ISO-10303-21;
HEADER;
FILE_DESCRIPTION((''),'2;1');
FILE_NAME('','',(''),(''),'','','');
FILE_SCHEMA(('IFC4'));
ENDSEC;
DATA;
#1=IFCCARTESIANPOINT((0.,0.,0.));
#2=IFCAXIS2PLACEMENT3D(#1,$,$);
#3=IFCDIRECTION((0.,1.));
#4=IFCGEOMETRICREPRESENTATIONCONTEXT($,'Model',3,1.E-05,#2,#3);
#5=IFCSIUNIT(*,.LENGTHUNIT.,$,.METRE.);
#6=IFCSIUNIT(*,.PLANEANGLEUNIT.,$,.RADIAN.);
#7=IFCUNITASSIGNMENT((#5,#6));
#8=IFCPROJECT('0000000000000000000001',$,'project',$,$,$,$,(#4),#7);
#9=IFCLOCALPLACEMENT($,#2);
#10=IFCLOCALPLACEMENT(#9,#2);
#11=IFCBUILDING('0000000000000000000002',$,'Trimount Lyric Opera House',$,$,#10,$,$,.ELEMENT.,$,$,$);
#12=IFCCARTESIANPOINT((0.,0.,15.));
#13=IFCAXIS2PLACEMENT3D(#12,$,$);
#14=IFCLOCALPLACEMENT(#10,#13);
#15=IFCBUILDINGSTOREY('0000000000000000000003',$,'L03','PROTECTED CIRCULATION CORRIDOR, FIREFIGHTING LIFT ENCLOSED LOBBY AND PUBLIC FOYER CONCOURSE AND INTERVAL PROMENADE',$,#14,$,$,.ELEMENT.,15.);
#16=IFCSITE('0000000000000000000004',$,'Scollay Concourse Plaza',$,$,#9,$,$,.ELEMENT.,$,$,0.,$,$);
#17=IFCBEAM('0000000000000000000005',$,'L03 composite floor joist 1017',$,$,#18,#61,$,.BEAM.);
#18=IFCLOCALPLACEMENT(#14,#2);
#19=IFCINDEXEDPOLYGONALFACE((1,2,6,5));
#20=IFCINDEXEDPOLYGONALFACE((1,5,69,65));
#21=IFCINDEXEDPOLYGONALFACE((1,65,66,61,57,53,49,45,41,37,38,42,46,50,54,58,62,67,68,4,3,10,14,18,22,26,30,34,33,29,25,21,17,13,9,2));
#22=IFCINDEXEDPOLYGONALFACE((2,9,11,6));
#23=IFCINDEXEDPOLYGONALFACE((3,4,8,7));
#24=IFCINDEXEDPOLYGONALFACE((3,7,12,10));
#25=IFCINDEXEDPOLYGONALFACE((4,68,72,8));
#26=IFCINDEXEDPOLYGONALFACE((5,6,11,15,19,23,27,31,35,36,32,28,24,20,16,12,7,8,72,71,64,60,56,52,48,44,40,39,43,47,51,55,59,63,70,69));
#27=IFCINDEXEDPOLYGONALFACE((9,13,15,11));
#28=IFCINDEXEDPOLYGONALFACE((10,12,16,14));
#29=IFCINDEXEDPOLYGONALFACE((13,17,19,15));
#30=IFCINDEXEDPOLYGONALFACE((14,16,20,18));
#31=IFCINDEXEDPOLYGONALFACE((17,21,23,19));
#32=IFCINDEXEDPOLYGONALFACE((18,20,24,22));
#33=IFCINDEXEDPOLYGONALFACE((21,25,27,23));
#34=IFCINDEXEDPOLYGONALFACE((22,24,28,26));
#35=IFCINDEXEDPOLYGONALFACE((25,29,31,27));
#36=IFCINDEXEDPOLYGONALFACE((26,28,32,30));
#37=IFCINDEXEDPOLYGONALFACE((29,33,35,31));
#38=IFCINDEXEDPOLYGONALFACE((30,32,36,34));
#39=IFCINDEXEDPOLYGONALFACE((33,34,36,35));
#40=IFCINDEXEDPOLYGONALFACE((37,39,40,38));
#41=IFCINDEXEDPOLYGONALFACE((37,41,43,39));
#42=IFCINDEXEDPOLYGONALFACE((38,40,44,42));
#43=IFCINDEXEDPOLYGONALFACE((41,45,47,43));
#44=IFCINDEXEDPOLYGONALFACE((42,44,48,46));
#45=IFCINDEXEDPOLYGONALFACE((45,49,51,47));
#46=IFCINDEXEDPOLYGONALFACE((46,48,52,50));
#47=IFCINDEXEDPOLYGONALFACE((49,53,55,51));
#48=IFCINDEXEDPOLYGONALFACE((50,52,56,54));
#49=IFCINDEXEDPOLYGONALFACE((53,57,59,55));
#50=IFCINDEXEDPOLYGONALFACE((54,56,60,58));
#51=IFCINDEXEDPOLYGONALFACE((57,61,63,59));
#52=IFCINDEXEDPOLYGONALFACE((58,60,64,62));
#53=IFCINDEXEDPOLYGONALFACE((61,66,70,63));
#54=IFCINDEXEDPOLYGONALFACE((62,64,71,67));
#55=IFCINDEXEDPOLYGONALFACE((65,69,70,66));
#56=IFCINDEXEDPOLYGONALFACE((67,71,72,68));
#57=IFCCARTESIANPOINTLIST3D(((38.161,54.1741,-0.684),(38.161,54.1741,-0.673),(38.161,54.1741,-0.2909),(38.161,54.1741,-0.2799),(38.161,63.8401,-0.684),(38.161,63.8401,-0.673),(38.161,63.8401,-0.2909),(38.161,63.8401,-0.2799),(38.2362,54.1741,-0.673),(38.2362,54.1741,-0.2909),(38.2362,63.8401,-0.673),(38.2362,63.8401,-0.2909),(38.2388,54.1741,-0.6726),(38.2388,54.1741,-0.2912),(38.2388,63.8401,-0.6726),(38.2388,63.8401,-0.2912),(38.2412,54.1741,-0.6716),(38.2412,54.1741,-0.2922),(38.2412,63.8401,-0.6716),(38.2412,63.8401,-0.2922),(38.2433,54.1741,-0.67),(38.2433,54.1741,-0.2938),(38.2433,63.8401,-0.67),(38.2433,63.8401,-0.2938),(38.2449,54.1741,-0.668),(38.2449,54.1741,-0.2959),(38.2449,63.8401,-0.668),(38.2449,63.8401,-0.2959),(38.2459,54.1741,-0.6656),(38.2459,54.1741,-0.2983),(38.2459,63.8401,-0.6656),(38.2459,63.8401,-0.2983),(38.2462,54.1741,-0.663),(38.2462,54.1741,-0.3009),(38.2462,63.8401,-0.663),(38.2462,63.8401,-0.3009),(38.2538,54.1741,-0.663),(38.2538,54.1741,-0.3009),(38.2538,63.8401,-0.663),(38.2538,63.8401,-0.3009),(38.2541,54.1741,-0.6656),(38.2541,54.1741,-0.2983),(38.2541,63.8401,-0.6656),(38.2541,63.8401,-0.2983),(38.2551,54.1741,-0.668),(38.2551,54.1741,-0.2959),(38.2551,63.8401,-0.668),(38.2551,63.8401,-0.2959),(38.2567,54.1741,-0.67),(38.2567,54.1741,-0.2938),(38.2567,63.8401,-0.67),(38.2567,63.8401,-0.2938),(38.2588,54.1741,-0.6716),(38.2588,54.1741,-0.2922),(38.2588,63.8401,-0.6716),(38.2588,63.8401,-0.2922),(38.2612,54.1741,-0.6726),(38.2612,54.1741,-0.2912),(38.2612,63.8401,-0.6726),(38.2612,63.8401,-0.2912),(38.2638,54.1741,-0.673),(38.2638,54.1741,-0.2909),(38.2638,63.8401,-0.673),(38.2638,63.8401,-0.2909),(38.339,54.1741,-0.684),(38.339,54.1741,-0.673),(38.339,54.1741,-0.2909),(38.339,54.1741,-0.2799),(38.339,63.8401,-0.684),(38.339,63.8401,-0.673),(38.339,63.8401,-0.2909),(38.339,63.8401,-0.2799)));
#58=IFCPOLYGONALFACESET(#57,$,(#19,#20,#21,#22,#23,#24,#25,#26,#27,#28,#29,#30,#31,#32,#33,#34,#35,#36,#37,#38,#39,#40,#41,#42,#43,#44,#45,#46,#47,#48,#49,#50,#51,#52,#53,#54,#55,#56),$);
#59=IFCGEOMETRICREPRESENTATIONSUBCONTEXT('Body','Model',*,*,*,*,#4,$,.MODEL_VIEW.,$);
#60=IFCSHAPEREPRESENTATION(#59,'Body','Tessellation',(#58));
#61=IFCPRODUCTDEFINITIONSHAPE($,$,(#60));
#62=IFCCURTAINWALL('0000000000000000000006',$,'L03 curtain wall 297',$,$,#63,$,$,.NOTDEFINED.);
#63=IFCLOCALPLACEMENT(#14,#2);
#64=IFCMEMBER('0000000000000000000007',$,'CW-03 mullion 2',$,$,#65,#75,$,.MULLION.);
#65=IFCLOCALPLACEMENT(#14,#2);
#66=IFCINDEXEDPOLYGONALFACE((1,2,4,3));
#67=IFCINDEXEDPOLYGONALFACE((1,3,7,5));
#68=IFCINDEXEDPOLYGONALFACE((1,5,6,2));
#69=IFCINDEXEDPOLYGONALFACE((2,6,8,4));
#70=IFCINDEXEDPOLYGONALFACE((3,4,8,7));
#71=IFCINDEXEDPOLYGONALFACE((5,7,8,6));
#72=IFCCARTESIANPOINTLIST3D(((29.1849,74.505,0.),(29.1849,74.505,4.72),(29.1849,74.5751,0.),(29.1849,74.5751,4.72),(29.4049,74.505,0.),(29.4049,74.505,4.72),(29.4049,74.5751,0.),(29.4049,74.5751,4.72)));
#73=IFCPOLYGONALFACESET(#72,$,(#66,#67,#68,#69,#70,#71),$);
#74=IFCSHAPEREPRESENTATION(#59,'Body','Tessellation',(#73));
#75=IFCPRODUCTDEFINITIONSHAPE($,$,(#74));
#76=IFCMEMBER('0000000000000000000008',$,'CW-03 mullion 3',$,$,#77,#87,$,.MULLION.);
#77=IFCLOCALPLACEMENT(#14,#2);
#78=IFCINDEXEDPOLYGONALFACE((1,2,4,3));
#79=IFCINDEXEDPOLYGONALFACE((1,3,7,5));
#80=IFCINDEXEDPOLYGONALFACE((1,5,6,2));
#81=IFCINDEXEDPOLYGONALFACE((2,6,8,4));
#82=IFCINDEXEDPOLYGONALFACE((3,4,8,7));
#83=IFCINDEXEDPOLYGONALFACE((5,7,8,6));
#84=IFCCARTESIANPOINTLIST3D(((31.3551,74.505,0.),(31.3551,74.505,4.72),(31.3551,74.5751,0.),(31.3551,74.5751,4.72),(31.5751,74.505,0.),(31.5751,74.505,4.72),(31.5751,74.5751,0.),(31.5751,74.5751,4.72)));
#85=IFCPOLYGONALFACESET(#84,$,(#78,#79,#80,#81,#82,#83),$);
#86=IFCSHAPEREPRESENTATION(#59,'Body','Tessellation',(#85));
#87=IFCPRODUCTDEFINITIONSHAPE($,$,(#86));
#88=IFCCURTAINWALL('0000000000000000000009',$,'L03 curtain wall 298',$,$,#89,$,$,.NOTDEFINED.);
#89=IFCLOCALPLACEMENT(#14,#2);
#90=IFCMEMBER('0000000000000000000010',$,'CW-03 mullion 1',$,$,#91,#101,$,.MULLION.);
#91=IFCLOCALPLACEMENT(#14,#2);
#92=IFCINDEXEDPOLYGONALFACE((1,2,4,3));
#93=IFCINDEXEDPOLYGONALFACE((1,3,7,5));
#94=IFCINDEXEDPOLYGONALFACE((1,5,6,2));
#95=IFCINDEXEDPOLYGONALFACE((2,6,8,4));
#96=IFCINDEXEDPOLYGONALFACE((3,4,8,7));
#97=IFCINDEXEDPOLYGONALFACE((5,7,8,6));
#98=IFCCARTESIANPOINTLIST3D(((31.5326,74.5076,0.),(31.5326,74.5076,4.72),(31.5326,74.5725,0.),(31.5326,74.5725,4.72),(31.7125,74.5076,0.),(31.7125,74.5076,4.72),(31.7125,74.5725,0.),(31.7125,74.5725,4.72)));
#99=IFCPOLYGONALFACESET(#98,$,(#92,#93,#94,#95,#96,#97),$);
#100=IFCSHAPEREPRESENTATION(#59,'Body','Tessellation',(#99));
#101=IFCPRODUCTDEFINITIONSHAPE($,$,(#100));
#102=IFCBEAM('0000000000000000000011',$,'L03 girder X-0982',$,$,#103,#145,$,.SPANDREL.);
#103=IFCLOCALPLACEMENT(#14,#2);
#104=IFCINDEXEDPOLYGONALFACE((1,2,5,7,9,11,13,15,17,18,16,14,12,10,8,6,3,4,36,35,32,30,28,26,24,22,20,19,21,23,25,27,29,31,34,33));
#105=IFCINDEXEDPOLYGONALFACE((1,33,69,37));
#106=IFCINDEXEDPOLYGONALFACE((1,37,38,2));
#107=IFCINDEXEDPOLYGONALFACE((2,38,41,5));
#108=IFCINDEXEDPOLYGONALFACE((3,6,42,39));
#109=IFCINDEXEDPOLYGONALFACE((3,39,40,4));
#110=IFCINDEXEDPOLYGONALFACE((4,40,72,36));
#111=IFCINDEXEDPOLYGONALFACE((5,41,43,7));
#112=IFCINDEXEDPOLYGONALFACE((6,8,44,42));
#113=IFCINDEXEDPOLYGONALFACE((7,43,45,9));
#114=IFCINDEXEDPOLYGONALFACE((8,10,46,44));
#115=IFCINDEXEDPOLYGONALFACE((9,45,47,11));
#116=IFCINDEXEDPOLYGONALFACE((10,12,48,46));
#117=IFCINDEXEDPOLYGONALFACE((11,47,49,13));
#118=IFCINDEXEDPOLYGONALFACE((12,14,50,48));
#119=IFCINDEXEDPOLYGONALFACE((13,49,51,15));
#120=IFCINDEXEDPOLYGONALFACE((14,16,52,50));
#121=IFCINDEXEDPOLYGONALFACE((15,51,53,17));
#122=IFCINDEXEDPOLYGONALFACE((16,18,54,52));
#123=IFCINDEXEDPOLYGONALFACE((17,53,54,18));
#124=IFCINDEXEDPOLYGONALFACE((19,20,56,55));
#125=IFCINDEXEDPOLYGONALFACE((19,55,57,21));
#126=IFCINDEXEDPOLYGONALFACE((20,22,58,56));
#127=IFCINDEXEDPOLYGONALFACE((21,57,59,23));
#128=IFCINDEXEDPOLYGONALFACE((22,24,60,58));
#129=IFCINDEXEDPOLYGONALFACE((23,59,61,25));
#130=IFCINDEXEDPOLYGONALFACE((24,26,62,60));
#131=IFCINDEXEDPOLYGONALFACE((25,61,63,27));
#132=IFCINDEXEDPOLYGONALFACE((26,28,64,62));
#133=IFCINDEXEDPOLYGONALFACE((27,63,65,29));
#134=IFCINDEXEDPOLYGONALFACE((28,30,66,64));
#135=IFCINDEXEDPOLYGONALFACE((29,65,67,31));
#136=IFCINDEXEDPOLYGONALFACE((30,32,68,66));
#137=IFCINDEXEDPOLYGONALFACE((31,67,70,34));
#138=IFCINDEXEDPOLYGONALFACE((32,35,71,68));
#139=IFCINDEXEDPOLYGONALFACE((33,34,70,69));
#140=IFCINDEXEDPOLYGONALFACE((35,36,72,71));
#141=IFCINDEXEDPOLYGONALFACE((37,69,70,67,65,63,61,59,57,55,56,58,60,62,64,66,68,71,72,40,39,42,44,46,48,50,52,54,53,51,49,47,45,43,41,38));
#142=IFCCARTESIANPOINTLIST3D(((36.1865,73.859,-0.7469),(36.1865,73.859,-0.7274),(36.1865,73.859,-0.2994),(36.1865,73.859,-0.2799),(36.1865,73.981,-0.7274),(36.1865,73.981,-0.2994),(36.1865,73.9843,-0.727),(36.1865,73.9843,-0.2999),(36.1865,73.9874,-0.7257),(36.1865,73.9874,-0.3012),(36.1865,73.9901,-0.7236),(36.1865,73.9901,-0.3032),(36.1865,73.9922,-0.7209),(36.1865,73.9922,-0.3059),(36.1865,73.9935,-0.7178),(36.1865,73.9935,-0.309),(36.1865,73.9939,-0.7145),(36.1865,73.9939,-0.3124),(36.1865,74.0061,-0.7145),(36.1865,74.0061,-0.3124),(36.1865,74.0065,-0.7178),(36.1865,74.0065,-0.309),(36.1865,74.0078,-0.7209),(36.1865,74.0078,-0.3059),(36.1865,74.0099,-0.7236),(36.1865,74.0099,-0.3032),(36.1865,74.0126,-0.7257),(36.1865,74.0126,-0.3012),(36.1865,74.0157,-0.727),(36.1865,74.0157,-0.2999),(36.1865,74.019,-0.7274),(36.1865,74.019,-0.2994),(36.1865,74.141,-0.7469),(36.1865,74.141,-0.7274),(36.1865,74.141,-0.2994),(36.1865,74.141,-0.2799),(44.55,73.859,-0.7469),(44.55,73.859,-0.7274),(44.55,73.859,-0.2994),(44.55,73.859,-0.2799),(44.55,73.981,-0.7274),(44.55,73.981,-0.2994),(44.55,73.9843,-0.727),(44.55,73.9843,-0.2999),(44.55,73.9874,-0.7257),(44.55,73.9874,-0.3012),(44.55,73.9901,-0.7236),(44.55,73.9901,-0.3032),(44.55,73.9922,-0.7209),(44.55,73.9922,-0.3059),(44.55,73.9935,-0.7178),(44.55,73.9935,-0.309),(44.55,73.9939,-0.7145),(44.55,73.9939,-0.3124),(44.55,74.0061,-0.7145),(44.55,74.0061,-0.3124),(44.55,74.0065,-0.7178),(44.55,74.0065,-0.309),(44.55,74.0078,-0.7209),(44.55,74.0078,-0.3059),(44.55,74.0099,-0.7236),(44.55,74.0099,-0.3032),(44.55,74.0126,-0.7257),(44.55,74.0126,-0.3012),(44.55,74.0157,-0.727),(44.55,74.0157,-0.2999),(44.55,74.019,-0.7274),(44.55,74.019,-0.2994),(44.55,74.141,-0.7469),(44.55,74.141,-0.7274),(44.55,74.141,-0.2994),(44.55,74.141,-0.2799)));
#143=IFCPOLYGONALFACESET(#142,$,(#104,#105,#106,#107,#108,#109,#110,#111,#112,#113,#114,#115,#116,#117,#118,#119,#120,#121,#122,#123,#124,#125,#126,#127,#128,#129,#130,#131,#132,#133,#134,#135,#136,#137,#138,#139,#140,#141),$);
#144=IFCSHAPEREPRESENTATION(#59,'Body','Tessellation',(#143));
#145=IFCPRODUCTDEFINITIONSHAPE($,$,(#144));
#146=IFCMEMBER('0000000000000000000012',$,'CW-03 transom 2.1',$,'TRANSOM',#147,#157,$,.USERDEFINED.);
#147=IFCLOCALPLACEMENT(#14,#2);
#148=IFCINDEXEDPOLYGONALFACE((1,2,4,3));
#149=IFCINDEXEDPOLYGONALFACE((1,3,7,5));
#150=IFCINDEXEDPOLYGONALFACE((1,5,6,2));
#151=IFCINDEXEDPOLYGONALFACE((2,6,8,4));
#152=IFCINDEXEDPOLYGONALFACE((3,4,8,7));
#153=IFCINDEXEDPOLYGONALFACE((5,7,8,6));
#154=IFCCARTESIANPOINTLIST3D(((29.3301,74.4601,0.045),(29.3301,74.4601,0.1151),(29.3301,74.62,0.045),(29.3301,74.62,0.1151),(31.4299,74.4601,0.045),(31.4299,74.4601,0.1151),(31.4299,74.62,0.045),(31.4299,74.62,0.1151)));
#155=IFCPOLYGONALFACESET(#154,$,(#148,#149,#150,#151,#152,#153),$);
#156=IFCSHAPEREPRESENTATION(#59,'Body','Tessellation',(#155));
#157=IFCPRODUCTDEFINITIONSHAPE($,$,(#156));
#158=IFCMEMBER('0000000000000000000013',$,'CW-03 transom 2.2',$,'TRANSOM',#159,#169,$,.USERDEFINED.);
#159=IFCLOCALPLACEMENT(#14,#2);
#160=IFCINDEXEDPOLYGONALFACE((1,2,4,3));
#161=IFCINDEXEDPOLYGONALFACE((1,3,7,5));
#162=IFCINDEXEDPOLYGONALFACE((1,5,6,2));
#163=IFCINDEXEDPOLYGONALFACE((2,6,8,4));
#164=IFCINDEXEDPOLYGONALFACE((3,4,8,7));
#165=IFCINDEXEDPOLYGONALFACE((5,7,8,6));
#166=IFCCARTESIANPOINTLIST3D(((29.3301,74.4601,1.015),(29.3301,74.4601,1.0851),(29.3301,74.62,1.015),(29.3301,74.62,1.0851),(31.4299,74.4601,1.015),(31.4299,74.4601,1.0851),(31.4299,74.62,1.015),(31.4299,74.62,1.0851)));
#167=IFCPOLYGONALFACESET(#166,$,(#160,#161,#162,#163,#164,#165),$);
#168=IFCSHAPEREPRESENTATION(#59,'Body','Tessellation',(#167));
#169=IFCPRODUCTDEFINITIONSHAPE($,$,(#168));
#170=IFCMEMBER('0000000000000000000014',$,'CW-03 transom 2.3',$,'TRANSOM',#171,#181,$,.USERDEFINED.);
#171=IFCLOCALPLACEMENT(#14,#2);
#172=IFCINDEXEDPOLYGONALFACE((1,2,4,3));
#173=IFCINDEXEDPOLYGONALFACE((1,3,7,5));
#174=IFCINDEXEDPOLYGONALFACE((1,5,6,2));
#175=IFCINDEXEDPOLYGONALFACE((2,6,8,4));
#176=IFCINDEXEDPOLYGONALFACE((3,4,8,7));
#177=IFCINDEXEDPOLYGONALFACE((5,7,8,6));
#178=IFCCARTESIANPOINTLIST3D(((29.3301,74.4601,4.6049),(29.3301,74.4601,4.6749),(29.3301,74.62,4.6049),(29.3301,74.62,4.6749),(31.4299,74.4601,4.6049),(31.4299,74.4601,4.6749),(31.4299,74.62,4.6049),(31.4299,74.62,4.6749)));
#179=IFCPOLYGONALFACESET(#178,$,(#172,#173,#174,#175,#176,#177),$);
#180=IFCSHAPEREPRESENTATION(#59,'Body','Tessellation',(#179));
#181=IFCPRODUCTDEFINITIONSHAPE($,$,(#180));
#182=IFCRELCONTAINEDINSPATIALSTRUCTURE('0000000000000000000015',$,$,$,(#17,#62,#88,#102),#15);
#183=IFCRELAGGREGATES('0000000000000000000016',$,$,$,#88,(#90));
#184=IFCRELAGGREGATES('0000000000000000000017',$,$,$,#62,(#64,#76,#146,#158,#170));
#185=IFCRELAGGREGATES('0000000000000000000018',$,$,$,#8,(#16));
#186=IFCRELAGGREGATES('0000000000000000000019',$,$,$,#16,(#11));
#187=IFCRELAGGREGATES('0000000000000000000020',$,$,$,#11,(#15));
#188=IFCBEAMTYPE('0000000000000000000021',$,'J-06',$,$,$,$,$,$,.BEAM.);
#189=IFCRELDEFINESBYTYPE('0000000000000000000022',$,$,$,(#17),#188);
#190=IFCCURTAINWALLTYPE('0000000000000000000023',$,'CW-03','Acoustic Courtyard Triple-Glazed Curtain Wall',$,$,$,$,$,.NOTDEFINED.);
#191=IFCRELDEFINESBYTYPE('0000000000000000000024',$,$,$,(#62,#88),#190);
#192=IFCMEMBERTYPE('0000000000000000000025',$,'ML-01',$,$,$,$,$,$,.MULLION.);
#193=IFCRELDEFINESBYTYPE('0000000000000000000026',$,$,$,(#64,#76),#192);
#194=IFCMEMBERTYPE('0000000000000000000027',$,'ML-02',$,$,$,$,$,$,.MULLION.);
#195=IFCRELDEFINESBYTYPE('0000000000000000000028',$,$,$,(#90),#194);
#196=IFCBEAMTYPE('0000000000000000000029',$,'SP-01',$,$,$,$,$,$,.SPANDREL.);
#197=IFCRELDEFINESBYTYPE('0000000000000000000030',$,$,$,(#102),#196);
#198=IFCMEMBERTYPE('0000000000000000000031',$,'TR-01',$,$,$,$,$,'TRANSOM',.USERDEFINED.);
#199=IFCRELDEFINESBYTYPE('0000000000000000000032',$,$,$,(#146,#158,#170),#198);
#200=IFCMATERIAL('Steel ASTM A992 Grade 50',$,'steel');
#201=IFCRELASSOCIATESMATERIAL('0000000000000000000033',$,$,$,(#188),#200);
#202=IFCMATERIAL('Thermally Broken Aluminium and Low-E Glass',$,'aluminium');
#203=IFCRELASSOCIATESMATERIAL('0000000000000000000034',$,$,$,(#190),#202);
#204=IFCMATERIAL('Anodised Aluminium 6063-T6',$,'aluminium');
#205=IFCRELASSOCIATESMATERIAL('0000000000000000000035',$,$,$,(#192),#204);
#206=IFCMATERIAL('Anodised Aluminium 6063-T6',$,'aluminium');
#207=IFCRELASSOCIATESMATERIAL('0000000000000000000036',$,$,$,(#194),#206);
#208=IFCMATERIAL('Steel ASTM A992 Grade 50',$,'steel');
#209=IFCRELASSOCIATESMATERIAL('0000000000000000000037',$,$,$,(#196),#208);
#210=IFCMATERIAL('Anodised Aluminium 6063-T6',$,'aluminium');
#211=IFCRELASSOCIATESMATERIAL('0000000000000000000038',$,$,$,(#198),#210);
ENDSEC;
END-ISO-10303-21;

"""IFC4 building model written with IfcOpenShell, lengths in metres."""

from ifc_helpers import new_model, si_unit, direction, frame, origin, origin_2d, place, context, subcontext, project, spatial, rectangle, i_section, extrude, material, material_profile, profile_set, type_object, element, aggregate, save


model = new_model("IFC4")

# Units and contexts
model_context = context("Model", 3, precision=1e-05, world=origin(), true_north=direction((0.0, 1.0)))
body_context = subcontext(model_context, "Body", "Model", "MODEL_VIEW")
ifc_project = project(units=[si_unit("LENGTHUNIT", "METRE"), si_unit("PLANEANGLEUNIT", "RADIAN")], contexts=[model_context])

# Site, building, storey
site_placement = place(None, origin())
site = spatial("IfcSite", under=ifc_project, at=site_placement, Name="Scollay Concourse Plaza", CompositionType="ELEMENT", RefElevation=0.0)
building_placement = place(site_placement, origin())
building = spatial("IfcBuilding", under=site, at=building_placement, Name="Trimount Lyric Opera House", CompositionType="ELEMENT")
storey_placement = place(building_placement, frame((0.0, 0.0, 15.0)))
storey = spatial("IfcBuildingStorey", under=building, at=storey_placement, Name="L03", Description="PROTECTED CIRCULATION CORRIDOR, FIREFIGHTING LIFT ENCLOSED LOBBY AND PUBLIC FOYER CONCOURSE AND INTERVAL PROMENADE", CompositionType="ELEMENT", Elevation=15.0)

# Beam
ifc_material_1 = material(Name="Steel ASTM A992 Grade 50", Category="steel")
ifc_material_profile_1 = material_profile(ifc_material_1, i_section(OverallWidth=0.178, OverallDepth=0.4041, WebThickness=0.0076, FlangeThickness=0.011, FilletRadius=0.01, at=origin_2d()), Name="W16X36")
ifc_profile_set_1 = profile_set([ifc_material_profile_1], Name="Steel ASTM A992 Grade 50")
beam_type_1 = type_object("IfcBeamType", Name="J-06", PredefinedType="BEAM", material=ifc_profile_set_1)
beam_1_placement = place(storey_placement, frame((38.25, 54.1741, -0.4819), z_axis=(0.0, 1.0, 0.0), x_axis=(-1.0, 0.0, 0.0)))
element("IfcBeam", 1, at=beam_1_placement, inside=storey, type_object=beam_type_1, Name="L03 composite floor joist 1017", PredefinedType="BEAM", context=body_context, shape_type="SweptSolid", body=[
    extrude(i_section(OverallWidth=0.178, OverallDepth=0.4041, WebThickness=0.0076, FlangeThickness=0.011, FilletRadius=0.01, at=origin_2d()), origin(), (0.0, 0.0, 1.0), 9.666),
])

# Curtain wall, members
ifc_material_2 = material(Name="Thermally Broken Aluminium and Low-E Glass", Category="aluminium")
curtain_wall_type = type_object("IfcCurtainWallType", Name="CW-03", Description="Acoustic Courtyard Triple-Glazed Curtain Wall", PredefinedType="NOTDEFINED", material=ifc_material_2)
curtain_wall_1_placement = place(storey_placement, origin())
curtain_wall_1 = element("IfcCurtainWall", 2, at=curtain_wall_1_placement, inside=storey, type_object=curtain_wall_type, Name="L03 curtain wall 297", PredefinedType="NOTDEFINED")
ifc_material_3 = material(Name="Anodised Aluminium 6063-T6", Category="aluminium")
ifc_material_profile_2 = material_profile(ifc_material_3, rectangle(XDim=0.0701, YDim=0.22, at=origin_2d()), Name="ALU-MULL-70X220")
ifc_profile_set_2 = profile_set([ifc_material_profile_2], Name="Anodised Aluminium 6063-T6")
member_type_1 = type_object("IfcMemberType", Name="ML-01", PredefinedType="MULLION", material=ifc_profile_set_2)
member_1_placement = place(storey_placement, frame((29.2949, 74.54, 0.0), z_axis=(0.0, 0.0, 1.0), x_axis=(0.0, 1.0, 0.0)))
member_1 = element("IfcMember", 3, at=member_1_placement, type_object=member_type_1, Name="CW-03 mullion 2", PredefinedType="MULLION", context=body_context, shape_type="SweptSolid", body=[
    extrude(rectangle(XDim=0.0701, YDim=0.22, at=origin_2d()), origin(), (0.0, 0.0, 1.0), 4.72),
])
member_2_placement = place(storey_placement, frame((31.4651, 74.54, 0.0), z_axis=(0.0, 0.0, 1.0), x_axis=(0.0, 1.0, 0.0)))
member_2 = element("IfcMember", 4, at=member_2_placement, type_object=member_type_1, Name="CW-03 mullion 3", PredefinedType="MULLION", context=body_context, shape_type="SweptSolid", body=[
    extrude(rectangle(XDim=0.0701, YDim=0.22, at=origin_2d()), origin(), (0.0, 0.0, 1.0), 4.72),
])

# Curtain wall, member
curtain_wall_2_placement = place(storey_placement, origin())
curtain_wall_2 = element("IfcCurtainWall", 5, at=curtain_wall_2_placement, inside=storey, type_object=curtain_wall_type, Name="L03 curtain wall 298", PredefinedType="NOTDEFINED")
ifc_material_4 = material(Name="Anodised Aluminium 6063-T6", Category="aluminium")
ifc_material_profile_3 = material_profile(ifc_material_4, rectangle(XDim=0.0649, YDim=0.1799, at=origin_2d()), Name="ALU-MULL-65X180")
ifc_profile_set_3 = profile_set([ifc_material_profile_3], Name="Anodised Aluminium 6063-T6")
member_type_2 = type_object("IfcMemberType", Name="ML-02", PredefinedType="MULLION", material=ifc_profile_set_3)
member_3_placement = place(storey_placement, frame((31.6226, 74.54, 0.0), z_axis=(0.0, 0.0, 1.0), x_axis=(0.0, 1.0, 0.0)))
member_3 = element("IfcMember", 6, at=member_3_placement, type_object=member_type_2, Name="CW-03 mullion 1", PredefinedType="MULLION", context=body_context, shape_type="SweptSolid", body=[
    extrude(rectangle(XDim=0.0649, YDim=0.1799, at=origin_2d()), origin(), (0.0, 0.0, 1.0), 4.72),
])

# Beam
ifc_material_5 = material(Name="Steel ASTM A992 Grade 50", Category="steel")
ifc_material_profile_4 = material_profile(ifc_material_5, i_section(OverallWidth=0.282, OverallDepth=0.467, WebThickness=0.0122, FlangeThickness=0.0195, FilletRadius=0.0129, at=origin_2d()), Name="W18X86")
ifc_profile_set_4 = profile_set([ifc_material_profile_4], Name="Steel ASTM A992 Grade 50")
beam_type_2 = type_object("IfcBeamType", Name="SP-01", PredefinedType="SPANDREL", material=ifc_profile_set_4)
beam_2_placement = place(storey_placement, frame((36.1865, 74.0, -0.5134), z_axis=(1.0, 0.0, 0.0), x_axis=(0.0, 1.0, 0.0)))
element("IfcBeam", 7, at=beam_2_placement, inside=storey, type_object=beam_type_2, Name="L03 girder X-0982", PredefinedType="SPANDREL", context=body_context, shape_type="SweptSolid", body=[
    extrude(i_section(OverallWidth=0.282, OverallDepth=0.467, WebThickness=0.0122, FlangeThickness=0.0195, FilletRadius=0.0129, at=origin_2d()), origin(), (0.0, 0.0, 1.0), 8.3635),
])

# Members
ifc_material_6 = material(Name="Anodised Aluminium 6063-T6", Category="aluminium")
ifc_material_profile_5 = material_profile(ifc_material_6, rectangle(XDim=0.1599, YDim=0.0701, at=origin_2d()), Name="ALU-TRAN-70X160")
ifc_profile_set_5 = profile_set([ifc_material_profile_5], Name="Anodised Aluminium 6063-T6")
member_type_3 = type_object("IfcMemberType", Name="TR-01", ElementType="TRANSOM", PredefinedType="USERDEFINED", material=ifc_profile_set_5)
member_4_placement = place(storey_placement, frame((29.3301, 74.54, 0.0801), z_axis=(1.0, 0.0, 0.0), x_axis=(0.0, 1.0, 0.0)))
member_4 = element("IfcMember", 8, at=member_4_placement, type_object=member_type_3, Name="CW-03 transom 2.1", ObjectType="TRANSOM", PredefinedType="USERDEFINED", context=body_context, shape_type="SweptSolid", body=[
    extrude(rectangle(XDim=0.1599, YDim=0.0701, at=origin_2d()), origin(), (0.0, 0.0, 1.0), 2.0999),
])
member_5_placement = place(storey_placement, frame((29.3301, 74.54, 1.05), z_axis=(1.0, 0.0, 0.0), x_axis=(0.0, 1.0, 0.0)))
member_5 = element("IfcMember", 9, at=member_5_placement, type_object=member_type_3, Name="CW-03 transom 2.2", ObjectType="TRANSOM", PredefinedType="USERDEFINED", context=body_context, shape_type="SweptSolid", body=[
    extrude(rectangle(XDim=0.1599, YDim=0.0701, at=origin_2d()), origin(), (0.0, 0.0, 1.0), 2.0999),
])
member_6_placement = place(storey_placement, frame((29.3301, 74.54, 4.6399), z_axis=(1.0, 0.0, 0.0), x_axis=(0.0, 1.0, 0.0)))
member_6 = element("IfcMember", 10, at=member_6_placement, type_object=member_type_3, Name="CW-03 transom 2.3", ObjectType="TRANSOM", PredefinedType="USERDEFINED", context=body_context, shape_type="SweptSolid", body=[
    extrude(rectangle(XDim=0.1599, YDim=0.0701, at=origin_2d()), origin(), (0.0, 0.0, 1.0), 2.0999),
])
aggregate(curtain_wall_2, [member_3])

aggregate(curtain_wall_1, [member_1, member_2, member_4, member_5, member_6])

save(model, "model.ifc")
